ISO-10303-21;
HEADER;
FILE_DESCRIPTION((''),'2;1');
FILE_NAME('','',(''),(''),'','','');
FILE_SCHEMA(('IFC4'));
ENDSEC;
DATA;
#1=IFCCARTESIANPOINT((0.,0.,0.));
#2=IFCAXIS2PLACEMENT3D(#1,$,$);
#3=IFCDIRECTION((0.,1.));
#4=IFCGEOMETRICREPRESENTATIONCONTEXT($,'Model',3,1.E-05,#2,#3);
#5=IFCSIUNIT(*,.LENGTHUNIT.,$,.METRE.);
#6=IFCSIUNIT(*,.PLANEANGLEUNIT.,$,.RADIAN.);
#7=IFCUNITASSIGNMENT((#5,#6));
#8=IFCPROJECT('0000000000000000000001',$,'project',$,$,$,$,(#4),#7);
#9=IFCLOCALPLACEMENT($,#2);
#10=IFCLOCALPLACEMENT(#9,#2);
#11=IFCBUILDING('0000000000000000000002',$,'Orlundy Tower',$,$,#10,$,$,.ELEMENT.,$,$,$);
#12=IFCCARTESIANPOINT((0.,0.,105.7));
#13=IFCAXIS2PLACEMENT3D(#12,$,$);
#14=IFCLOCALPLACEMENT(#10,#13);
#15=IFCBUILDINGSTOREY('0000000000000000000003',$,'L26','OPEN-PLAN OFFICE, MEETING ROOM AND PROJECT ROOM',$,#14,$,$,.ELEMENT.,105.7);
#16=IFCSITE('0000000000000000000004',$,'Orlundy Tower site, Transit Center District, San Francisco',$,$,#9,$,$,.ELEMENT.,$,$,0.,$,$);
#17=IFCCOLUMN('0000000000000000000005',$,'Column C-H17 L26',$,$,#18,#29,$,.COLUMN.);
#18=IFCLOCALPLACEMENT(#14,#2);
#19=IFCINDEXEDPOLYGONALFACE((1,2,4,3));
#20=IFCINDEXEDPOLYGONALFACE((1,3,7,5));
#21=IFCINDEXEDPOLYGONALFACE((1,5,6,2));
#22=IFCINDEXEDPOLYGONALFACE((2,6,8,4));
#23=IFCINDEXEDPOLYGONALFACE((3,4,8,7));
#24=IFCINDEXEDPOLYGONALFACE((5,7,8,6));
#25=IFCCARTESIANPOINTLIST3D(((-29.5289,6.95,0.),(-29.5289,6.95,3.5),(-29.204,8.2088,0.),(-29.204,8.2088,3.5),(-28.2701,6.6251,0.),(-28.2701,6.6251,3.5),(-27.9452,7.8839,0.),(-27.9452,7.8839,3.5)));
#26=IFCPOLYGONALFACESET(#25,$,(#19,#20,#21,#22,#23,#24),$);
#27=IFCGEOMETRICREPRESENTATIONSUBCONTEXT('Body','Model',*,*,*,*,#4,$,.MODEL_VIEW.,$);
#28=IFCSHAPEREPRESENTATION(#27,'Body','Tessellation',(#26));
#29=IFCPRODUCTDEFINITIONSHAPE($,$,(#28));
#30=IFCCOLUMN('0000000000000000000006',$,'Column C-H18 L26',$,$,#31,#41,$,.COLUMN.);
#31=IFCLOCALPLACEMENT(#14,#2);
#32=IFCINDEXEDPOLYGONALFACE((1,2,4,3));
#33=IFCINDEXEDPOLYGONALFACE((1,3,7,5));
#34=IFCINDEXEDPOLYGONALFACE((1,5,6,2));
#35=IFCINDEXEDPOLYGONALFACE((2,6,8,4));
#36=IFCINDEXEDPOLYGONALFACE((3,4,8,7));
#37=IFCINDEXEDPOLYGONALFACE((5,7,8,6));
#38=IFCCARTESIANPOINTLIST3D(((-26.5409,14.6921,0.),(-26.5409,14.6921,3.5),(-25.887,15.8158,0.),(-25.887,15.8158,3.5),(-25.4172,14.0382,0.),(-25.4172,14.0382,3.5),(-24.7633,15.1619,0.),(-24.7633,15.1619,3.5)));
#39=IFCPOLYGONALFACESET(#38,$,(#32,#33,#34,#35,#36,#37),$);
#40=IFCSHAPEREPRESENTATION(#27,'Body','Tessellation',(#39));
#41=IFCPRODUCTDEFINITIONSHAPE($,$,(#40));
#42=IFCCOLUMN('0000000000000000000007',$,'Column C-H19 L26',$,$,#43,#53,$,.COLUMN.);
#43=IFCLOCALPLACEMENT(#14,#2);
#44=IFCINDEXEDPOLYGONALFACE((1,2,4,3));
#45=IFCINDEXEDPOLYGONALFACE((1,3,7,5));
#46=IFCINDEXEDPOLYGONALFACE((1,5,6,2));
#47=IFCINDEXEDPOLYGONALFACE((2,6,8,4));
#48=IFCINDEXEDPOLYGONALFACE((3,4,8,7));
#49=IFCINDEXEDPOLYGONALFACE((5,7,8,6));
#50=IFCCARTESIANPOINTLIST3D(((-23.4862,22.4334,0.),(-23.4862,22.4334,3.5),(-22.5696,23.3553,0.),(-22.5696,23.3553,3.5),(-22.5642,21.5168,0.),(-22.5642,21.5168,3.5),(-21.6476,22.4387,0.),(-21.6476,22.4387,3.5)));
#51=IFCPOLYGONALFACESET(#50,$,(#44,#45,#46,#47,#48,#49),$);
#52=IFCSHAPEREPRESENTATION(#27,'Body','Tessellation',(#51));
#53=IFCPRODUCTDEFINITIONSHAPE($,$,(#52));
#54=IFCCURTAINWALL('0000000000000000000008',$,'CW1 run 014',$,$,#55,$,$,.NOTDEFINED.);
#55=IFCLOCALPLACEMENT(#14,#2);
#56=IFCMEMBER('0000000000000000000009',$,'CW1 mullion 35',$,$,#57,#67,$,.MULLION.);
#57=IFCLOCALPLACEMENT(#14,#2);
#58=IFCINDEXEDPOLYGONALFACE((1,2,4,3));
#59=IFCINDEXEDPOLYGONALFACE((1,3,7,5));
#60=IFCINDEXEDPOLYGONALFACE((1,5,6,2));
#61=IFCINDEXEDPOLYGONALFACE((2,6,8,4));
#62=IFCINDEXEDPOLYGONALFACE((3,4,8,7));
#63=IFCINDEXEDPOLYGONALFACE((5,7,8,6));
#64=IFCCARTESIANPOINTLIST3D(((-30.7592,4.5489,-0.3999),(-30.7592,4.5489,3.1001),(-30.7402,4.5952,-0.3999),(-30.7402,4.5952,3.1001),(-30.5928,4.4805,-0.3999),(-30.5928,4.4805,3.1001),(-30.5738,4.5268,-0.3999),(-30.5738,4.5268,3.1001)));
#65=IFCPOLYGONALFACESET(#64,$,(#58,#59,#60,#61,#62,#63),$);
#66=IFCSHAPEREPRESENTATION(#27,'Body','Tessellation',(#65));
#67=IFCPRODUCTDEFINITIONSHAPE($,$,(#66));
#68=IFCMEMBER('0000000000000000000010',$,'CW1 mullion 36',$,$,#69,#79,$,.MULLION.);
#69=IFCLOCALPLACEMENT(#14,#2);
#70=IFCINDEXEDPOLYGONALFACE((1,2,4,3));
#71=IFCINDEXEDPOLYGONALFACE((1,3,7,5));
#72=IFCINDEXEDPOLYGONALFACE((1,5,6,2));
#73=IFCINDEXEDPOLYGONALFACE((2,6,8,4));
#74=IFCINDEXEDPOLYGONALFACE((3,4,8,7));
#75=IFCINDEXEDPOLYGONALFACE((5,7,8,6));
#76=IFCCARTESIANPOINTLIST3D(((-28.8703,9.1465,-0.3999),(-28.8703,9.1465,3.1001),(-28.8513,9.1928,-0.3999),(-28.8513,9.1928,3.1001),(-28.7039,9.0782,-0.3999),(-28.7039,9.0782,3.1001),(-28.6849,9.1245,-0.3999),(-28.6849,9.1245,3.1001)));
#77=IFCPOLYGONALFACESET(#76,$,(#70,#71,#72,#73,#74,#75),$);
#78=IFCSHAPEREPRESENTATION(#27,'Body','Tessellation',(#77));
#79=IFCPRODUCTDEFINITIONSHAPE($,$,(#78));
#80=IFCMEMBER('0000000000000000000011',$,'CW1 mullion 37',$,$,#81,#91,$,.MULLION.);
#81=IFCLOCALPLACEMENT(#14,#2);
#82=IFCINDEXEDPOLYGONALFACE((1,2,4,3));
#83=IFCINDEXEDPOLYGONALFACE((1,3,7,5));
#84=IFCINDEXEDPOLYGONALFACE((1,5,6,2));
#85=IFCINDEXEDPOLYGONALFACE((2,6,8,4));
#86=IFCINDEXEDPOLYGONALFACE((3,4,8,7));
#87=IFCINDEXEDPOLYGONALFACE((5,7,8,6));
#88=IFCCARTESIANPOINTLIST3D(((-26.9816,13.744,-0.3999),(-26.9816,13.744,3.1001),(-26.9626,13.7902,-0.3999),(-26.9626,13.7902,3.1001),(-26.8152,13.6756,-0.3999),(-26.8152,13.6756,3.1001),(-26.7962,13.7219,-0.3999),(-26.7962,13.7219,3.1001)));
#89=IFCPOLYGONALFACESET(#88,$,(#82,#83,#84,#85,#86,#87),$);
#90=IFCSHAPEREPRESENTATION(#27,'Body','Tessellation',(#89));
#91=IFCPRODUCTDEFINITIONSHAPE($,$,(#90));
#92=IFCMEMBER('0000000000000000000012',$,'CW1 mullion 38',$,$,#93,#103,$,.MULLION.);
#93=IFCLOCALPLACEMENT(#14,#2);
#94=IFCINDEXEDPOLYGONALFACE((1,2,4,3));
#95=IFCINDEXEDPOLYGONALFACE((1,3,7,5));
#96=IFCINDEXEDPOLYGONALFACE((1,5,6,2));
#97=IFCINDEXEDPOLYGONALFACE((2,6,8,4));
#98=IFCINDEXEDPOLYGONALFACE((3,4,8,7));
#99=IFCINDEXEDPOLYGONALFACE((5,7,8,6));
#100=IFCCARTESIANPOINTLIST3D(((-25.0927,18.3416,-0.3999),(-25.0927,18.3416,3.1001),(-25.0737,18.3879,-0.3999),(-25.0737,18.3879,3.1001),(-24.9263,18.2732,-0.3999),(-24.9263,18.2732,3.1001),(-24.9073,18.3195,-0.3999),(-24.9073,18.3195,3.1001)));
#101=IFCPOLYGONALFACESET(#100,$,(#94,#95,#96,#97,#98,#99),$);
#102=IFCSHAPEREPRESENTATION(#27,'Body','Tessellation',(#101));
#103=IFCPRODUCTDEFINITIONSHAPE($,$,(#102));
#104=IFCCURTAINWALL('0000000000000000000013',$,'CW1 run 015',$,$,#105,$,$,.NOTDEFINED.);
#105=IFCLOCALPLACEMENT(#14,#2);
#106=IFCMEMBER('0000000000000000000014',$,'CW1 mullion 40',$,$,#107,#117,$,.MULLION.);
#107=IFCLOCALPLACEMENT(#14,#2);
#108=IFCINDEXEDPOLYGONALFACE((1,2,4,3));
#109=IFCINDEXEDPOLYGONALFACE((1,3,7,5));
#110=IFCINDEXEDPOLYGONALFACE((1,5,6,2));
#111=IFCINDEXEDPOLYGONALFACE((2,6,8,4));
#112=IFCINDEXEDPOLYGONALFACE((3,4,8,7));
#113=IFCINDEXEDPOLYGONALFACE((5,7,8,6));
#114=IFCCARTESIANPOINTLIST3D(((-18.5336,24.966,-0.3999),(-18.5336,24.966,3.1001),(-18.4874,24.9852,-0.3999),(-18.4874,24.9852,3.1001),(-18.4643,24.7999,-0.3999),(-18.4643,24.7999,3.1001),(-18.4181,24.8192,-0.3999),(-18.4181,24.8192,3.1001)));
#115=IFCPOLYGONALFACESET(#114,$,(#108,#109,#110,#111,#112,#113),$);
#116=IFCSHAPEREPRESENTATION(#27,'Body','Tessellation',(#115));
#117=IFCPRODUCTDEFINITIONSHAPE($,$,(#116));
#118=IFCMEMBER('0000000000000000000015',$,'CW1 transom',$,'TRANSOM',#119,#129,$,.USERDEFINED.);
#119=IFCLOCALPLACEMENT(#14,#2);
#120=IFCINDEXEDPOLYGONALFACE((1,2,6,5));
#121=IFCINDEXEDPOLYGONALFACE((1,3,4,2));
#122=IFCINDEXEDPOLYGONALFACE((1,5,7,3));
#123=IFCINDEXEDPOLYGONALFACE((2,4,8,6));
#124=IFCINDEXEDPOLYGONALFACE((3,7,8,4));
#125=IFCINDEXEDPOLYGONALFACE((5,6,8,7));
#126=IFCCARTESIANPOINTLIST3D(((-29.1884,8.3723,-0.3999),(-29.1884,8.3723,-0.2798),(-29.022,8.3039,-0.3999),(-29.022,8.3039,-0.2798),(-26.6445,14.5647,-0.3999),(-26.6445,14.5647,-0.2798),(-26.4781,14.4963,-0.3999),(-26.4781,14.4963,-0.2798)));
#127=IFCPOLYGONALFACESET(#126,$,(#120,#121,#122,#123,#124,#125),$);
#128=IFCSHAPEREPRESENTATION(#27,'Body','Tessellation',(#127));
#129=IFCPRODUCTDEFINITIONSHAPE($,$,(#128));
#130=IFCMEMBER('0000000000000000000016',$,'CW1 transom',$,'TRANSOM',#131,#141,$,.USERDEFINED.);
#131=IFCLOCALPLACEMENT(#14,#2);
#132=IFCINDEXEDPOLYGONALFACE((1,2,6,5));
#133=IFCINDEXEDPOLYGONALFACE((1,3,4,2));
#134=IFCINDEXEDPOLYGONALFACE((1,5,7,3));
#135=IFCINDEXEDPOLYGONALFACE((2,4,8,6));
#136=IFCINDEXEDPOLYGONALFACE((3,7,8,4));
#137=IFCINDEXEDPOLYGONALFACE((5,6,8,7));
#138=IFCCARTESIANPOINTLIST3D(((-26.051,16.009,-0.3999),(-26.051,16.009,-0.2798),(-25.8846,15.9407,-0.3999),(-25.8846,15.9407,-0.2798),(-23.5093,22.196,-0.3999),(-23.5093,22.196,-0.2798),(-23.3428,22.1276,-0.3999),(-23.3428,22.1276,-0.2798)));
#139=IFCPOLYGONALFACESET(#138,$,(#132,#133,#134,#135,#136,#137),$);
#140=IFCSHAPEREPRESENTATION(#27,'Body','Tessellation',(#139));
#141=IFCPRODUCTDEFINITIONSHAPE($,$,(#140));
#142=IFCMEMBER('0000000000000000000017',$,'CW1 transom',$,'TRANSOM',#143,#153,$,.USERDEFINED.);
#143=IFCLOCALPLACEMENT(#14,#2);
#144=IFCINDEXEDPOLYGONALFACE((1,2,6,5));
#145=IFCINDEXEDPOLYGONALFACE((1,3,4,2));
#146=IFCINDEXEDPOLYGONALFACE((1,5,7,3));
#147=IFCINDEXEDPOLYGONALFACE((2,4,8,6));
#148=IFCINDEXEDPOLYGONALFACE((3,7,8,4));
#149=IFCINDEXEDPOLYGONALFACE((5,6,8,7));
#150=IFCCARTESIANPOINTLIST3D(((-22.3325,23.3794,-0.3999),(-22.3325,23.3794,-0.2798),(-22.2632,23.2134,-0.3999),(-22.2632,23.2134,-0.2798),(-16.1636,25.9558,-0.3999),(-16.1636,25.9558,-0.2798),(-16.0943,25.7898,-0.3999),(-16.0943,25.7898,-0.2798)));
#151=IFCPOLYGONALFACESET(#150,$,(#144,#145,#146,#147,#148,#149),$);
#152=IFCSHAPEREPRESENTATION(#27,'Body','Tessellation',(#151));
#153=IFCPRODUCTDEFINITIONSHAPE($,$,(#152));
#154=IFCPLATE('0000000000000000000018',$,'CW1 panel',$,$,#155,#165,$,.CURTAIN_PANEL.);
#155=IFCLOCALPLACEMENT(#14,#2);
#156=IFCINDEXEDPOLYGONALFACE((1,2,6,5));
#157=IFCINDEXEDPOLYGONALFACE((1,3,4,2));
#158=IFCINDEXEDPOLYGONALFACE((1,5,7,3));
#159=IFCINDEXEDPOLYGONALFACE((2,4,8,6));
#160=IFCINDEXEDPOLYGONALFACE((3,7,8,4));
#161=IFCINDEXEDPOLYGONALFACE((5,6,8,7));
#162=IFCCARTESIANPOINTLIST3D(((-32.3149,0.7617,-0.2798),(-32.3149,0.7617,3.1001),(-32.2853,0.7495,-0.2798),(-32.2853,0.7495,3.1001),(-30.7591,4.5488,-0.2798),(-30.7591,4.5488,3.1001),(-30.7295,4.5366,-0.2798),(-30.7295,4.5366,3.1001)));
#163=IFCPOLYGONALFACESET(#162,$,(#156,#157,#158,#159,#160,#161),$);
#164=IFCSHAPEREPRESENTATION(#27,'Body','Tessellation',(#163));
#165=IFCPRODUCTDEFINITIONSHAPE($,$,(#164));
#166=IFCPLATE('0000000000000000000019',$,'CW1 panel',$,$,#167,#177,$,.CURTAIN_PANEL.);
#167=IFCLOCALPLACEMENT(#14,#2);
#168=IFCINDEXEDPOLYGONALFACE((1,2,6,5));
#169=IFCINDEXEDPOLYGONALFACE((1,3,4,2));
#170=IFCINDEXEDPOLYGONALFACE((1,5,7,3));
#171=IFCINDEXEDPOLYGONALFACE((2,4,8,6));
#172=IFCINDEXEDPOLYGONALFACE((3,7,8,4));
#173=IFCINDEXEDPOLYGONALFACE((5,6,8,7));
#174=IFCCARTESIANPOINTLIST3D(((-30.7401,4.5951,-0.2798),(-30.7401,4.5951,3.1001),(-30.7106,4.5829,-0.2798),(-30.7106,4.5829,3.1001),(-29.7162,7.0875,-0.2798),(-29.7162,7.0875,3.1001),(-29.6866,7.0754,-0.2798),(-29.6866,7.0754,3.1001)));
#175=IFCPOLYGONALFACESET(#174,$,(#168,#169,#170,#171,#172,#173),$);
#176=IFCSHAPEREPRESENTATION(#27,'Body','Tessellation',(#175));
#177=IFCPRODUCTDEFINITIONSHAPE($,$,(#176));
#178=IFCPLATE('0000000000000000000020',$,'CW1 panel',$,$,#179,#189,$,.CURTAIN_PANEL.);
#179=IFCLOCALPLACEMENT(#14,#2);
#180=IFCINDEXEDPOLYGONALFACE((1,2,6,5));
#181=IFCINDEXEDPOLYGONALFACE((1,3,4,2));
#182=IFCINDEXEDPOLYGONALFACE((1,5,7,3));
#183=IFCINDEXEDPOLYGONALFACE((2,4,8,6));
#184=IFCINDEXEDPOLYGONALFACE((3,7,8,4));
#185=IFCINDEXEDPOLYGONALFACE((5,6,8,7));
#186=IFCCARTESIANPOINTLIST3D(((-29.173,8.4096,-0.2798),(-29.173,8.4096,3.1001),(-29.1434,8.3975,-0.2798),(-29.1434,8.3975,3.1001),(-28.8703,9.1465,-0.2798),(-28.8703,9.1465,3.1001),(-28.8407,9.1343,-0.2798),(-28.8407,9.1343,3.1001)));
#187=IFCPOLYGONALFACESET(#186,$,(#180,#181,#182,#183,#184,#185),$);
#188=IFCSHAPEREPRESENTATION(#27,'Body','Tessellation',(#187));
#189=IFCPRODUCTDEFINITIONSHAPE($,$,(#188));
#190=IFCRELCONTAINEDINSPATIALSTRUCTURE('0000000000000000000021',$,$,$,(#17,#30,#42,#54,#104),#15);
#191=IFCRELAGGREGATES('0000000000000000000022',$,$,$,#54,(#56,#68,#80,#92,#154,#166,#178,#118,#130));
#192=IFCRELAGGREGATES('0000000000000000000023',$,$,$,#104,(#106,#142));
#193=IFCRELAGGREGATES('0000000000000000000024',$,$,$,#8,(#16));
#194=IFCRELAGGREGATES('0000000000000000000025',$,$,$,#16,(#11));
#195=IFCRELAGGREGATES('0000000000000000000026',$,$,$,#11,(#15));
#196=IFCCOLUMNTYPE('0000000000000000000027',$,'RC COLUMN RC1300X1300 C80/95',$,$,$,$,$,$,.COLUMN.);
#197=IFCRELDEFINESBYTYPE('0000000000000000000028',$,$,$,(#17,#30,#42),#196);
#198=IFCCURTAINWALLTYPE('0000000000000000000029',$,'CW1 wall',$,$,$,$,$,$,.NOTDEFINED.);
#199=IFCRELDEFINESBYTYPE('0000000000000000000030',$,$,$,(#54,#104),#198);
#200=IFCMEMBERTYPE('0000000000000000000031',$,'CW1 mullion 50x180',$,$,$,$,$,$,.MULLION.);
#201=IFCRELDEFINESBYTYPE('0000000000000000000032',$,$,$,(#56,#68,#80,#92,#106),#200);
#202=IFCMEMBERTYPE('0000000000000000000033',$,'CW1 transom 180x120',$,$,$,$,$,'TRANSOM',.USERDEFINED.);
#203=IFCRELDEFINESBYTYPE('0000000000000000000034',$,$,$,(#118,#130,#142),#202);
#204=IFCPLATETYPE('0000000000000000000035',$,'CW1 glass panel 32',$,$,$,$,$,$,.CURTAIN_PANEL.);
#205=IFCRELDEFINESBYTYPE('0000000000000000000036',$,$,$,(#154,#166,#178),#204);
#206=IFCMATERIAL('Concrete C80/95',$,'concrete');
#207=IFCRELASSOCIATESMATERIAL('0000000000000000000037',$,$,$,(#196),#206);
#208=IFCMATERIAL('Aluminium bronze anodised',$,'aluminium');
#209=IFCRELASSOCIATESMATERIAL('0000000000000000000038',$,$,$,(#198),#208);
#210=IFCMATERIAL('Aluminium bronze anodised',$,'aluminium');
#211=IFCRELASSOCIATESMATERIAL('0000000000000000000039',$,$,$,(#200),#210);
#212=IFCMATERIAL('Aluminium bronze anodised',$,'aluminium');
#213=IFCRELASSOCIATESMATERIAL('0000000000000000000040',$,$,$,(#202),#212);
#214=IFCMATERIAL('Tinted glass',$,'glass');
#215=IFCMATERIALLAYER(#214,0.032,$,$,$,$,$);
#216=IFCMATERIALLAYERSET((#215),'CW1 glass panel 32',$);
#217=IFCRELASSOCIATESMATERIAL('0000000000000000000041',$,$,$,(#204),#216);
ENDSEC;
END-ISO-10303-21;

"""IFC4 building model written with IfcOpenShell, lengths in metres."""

from ifc_helpers import new_model, si_unit, direction, frame, origin, origin_2d, place, context, subcontext, project, spatial, rectangle, extrude, material, layer, layer_set, material_profile, profile_set, type_object, element, aggregate, save


model = new_model("IFC4")

# Units and contexts
model_context = context("Model", 3, precision=1e-05, world=origin(), true_north=direction((0.0, 1.0)))
body_context = subcontext(model_context, "Body", "Model", "MODEL_VIEW")
ifc_project = project(units=[si_unit("LENGTHUNIT", "METRE"), si_unit("PLANEANGLEUNIT", "RADIAN")], contexts=[model_context])

# Site, building, storey
site_placement = place(None, origin())
site = spatial("IfcSite", under=ifc_project, at=site_placement, Name="Orlundy Tower site, Transit Center District, San Francisco", CompositionType="ELEMENT", RefElevation=0.0)
building_placement = place(site_placement, origin())
building = spatial("IfcBuilding", under=site, at=building_placement, Name="Orlundy Tower", CompositionType="ELEMENT")
storey_placement = place(building_placement, frame((0.0, 0.0, 105.7)))
storey = spatial("IfcBuildingStorey", under=building, at=storey_placement, Name="L26", Description="OPEN-PLAN OFFICE, MEETING ROOM AND PROJECT ROOM", CompositionType="ELEMENT", Elevation=105.7)

# Columns
ifc_material_1 = material(Name="Concrete C80/95", Category="concrete")
ifc_material_profile_1 = material_profile(ifc_material_1, rectangle(XDim=1.3, YDim=1.3, at=origin_2d()), Name="RC1300X1300")
ifc_profile_set_1 = profile_set([ifc_material_profile_1], Name="Concrete C80/95")
column_type = type_object("IfcColumnType", Name="RC COLUMN RC1300X1300 C80/95", PredefinedType="COLUMN", material=ifc_profile_set_1)
for number, where, z_axis, x_axis, name in (
    (1, (-28.7371, 7.417, 0.0), (0.0, 0.0, 1.0), (-0.96827, 0.249907, 0.0), "Column C-H17 L26"),
    (2, (-25.6521, 14.927, 0.0), (0.0, 0.0, 1.0), (-0.864319, 0.502945, 0.0), "Column C-H18 L26"),
    (3, (-22.5669, 22.436, 0.0), (0.0, 0.0, 1.0), (-0.709165, 0.705043, 0.0), "Column C-H19 L26"),
):
    element("IfcColumn", number, at=place(storey_placement, frame(where, z_axis=z_axis, x_axis=x_axis)), inside=storey, type_object=column_type, Name=name, PredefinedType="COLUMN", context=body_context, shape_type="SweptSolid", body=[
        extrude(rectangle(XDim=1.3, YDim=1.3, at=origin_2d()), origin(), (0.0, 0.0, 1.0), 3.5),
    ])

# Curtain wall, members
ifc_material_2 = material(Name="Aluminium bronze anodised", Category="aluminium")
curtain_wall_type = type_object("IfcCurtainWallType", Name="CW1 wall", PredefinedType="NOTDEFINED", material=ifc_material_2)
curtain_wall_1_placement = place(storey_placement, origin())
curtain_wall_1 = element("IfcCurtainWall", 4, at=curtain_wall_1_placement, inside=storey, type_object=curtain_wall_type, Name="CW1 run 014", PredefinedType="NOTDEFINED")
ifc_material_3 = material(Name="Aluminium bronze anodised", Category="aluminium")
ifc_material_profile_2 = material_profile(ifc_material_3, rectangle(XDim=0.1799, YDim=0.05, at=origin_2d()), Name="CW1 mullion 50x180")
ifc_profile_set_2 = profile_set([ifc_material_profile_2], Name="Aluminium bronze anodised")
member_type_1 = type_object("IfcMemberType", Name="CW1 mullion 50x180", PredefinedType="MULLION", material=ifc_profile_set_2)
member_1_placement = place(storey_placement, frame((-30.6665, 4.5378, -0.3999), z_axis=(0.0, 0.0, 1.0), x_axis=(-0.924984, 0.380005, 0.0)))
member_1 = element("IfcMember", 5, at=member_1_placement, type_object=member_type_1, Name="CW1 mullion 35", PredefinedType="MULLION", context=body_context, shape_type="SweptSolid", body=[
    extrude(rectangle(XDim=0.1799, YDim=0.05, at=origin_2d()), origin(), (0.0, 0.0, 1.0), 3.5),
])
member_2_placement = place(storey_placement, frame((-28.7776, 9.1355, -0.3999), z_axis=(0.0, 0.0, 1.0), x_axis=(-0.924984, 0.380005, 0.0)))
member_2 = element("IfcMember", 6, at=member_2_placement, type_object=member_type_1, Name="CW1 mullion 36", PredefinedType="MULLION", context=body_context, shape_type="SweptSolid", body=[
    extrude(rectangle(XDim=0.1799, YDim=0.05, at=origin_2d()), origin(), (0.0, 0.0, 1.0), 3.5),
])
member_3_placement = place(storey_placement, frame((-26.8889, 13.7329, -0.3999), z_axis=(0.0, 0.0, 1.0), x_axis=(-0.924984, 0.380005, 0.0)))
member_3 = element("IfcMember", 7, at=member_3_placement, type_object=member_type_1, Name="CW1 mullion 37", PredefinedType="MULLION", context=body_context, shape_type="SweptSolid", body=[
    extrude(rectangle(XDim=0.1799, YDim=0.05, at=origin_2d()), origin(), (0.0, 0.0, 1.0), 3.5),
])
member_4_placement = place(storey_placement, frame((-25.0, 18.3306, -0.3999), z_axis=(0.0, 0.0, 1.0), x_axis=(-0.924984, 0.380005, 0.0)))
member_4 = element("IfcMember", 8, at=member_4_placement, type_object=member_type_1, Name="CW1 mullion 38", PredefinedType="MULLION", context=body_context, shape_type="SweptSolid", body=[
    extrude(rectangle(XDim=0.1799, YDim=0.05, at=origin_2d()), origin(), (0.0, 0.0, 1.0), 3.5),
])

# Curtain wall, member
curtain_wall_2_placement = place(storey_placement, origin())
curtain_wall_2 = element("IfcCurtainWall", 9, at=curtain_wall_2_placement, inside=storey, type_object=curtain_wall_type, Name="CW1 run 015", PredefinedType="NOTDEFINED")
member_5_placement = place(storey_placement, frame((-18.4758, 24.8926, -0.3999), z_axis=(0.0, 0.0, 1.0), x_axis=(-0.385375, 0.92276, 0.0)))
member_5 = element("IfcMember", 10, at=member_5_placement, type_object=member_type_1, Name="CW1 mullion 40", PredefinedType="MULLION", context=body_context, shape_type="SweptSolid", body=[
    extrude(rectangle(XDim=0.1799, YDim=0.05, at=origin_2d()), origin(), (0.0, 0.0, 1.0), 3.5),
])

# Members
ifc_material_4 = material(Name="Aluminium bronze anodised", Category="aluminium")
ifc_material_profile_3 = material_profile(ifc_material_4, rectangle(XDim=0.1799, YDim=0.1201, at=origin_2d()), Name="CW1 transom 180x120")
ifc_profile_set_3 = profile_set([ifc_material_profile_3], Name="Aluminium bronze anodised")
member_type_2 = type_object("IfcMemberType", Name="CW1 transom 180x120", ElementType="TRANSOM", PredefinedType="USERDEFINED", material=ifc_profile_set_3)
member_6_placement = place(storey_placement, frame((-29.1052, 8.3381, -0.3398), z_axis=(0.380001, 0.924986, 0.0), x_axis=(-0.924986, 0.380001, 0.0)))
member_6 = element("IfcMember", 11, at=member_6_placement, type_object=member_type_2, Name="CW1 transom", ObjectType="TRANSOM", PredefinedType="USERDEFINED", context=body_context, shape_type="SweptSolid", body=[
    extrude(rectangle(XDim=0.1799, YDim=0.1201, at=origin_2d()), origin(), (0.0, 0.0, 1.0), 6.6946),
])
member_7_placement = place(storey_placement, frame((-25.9678, 15.9749, -0.3398), z_axis=(0.380003, 0.924985, 0.0), x_axis=(-0.924985, 0.380003, 0.0)))
member_7 = element("IfcMember", 12, at=member_7_placement, type_object=member_type_2, Name="CW1 transom", ObjectType="TRANSOM", PredefinedType="USERDEFINED", context=body_context, shape_type="SweptSolid", body=[
    extrude(rectangle(XDim=0.1799, YDim=0.1201, at=origin_2d()), origin(), (0.0, 0.0, 1.0), 6.6887),
])
member_8_placement = place(storey_placement, frame((-22.2979, 23.2964, -0.3398), z_axis=(0.922757, 0.385383, 0.0), x_axis=(-0.385383, 0.922757, 0.0)))
member_8 = element("IfcMember", 13, at=member_8_placement, type_object=member_type_2, Name="CW1 transom", ObjectType="TRANSOM", PredefinedType="USERDEFINED", context=body_context, shape_type="SweptSolid", body=[
    extrude(rectangle(XDim=0.1799, YDim=0.1201, at=origin_2d()), origin(), (0.0, 0.0, 1.0), 6.6853),
])

# Plates
ifc_material_5 = material(Name="Tinted glass", Category="glass")
ifc_layer_1 = layer(ifc_material_5, 0.032)
ifc_layer_set_1 = layer_set([ifc_layer_1], Name="CW1 glass panel 32")
plate_type = type_object("IfcPlateType", Name="CW1 glass panel 32", PredefinedType="CURTAIN_PANEL", material=ifc_layer_set_1)
plate_1_placement = place(storey_placement, frame((-31.5222, 2.6492, -0.2798), z_axis=(0.0, 0.0, 1.0), x_axis=(0.380005, 0.924984, 0.0)))
plate_1 = element("IfcPlate", 14, at=plate_1_placement, type_object=plate_type, Name="CW1 panel", PredefinedType="CURTAIN_PANEL", context=body_context, shape_type="SweptSolid", body=[
    extrude(rectangle(XDim=4.0942, YDim=0.032, at=origin_2d()), origin(), (0.0, 0.0, 1.0), 3.3799),
])
plate_2_placement = place(storey_placement, frame((-30.2134, 5.8352, -0.2798), z_axis=(0.0, 0.0, 1.0), x_axis=(0.380005, 0.924984, 0.0)))
plate_2 = element("IfcPlate", 15, at=plate_2_placement, type_object=plate_type, Name="CW1 panel", PredefinedType="CURTAIN_PANEL", context=body_context, shape_type="SweptSolid", body=[
    extrude(rectangle(XDim=2.6946, YDim=0.032, at=origin_2d()), origin(), (0.0, 0.0, 1.0), 3.3799),
])
plate_3_placement = place(storey_placement, frame((-29.0068, 8.772, -0.2798), z_axis=(0.0, 0.0, 1.0), x_axis=(0.380005, 0.924984, 0.0)))
plate_3 = element("IfcPlate", 16, at=plate_3_placement, type_object=plate_type, Name="CW1 panel", PredefinedType="CURTAIN_PANEL", context=body_context, shape_type="SweptSolid", body=[
    extrude(rectangle(XDim=0.7966, YDim=0.032, at=origin_2d()), origin(), (0.0, 0.0, 1.0), 3.3799),
])
aggregate(curtain_wall_1, [member_1, member_2, member_3, member_4, plate_1, plate_2, plate_3, member_6, member_7])
aggregate(curtain_wall_2, [member_5, member_8])

save(model, "model.ifc")
